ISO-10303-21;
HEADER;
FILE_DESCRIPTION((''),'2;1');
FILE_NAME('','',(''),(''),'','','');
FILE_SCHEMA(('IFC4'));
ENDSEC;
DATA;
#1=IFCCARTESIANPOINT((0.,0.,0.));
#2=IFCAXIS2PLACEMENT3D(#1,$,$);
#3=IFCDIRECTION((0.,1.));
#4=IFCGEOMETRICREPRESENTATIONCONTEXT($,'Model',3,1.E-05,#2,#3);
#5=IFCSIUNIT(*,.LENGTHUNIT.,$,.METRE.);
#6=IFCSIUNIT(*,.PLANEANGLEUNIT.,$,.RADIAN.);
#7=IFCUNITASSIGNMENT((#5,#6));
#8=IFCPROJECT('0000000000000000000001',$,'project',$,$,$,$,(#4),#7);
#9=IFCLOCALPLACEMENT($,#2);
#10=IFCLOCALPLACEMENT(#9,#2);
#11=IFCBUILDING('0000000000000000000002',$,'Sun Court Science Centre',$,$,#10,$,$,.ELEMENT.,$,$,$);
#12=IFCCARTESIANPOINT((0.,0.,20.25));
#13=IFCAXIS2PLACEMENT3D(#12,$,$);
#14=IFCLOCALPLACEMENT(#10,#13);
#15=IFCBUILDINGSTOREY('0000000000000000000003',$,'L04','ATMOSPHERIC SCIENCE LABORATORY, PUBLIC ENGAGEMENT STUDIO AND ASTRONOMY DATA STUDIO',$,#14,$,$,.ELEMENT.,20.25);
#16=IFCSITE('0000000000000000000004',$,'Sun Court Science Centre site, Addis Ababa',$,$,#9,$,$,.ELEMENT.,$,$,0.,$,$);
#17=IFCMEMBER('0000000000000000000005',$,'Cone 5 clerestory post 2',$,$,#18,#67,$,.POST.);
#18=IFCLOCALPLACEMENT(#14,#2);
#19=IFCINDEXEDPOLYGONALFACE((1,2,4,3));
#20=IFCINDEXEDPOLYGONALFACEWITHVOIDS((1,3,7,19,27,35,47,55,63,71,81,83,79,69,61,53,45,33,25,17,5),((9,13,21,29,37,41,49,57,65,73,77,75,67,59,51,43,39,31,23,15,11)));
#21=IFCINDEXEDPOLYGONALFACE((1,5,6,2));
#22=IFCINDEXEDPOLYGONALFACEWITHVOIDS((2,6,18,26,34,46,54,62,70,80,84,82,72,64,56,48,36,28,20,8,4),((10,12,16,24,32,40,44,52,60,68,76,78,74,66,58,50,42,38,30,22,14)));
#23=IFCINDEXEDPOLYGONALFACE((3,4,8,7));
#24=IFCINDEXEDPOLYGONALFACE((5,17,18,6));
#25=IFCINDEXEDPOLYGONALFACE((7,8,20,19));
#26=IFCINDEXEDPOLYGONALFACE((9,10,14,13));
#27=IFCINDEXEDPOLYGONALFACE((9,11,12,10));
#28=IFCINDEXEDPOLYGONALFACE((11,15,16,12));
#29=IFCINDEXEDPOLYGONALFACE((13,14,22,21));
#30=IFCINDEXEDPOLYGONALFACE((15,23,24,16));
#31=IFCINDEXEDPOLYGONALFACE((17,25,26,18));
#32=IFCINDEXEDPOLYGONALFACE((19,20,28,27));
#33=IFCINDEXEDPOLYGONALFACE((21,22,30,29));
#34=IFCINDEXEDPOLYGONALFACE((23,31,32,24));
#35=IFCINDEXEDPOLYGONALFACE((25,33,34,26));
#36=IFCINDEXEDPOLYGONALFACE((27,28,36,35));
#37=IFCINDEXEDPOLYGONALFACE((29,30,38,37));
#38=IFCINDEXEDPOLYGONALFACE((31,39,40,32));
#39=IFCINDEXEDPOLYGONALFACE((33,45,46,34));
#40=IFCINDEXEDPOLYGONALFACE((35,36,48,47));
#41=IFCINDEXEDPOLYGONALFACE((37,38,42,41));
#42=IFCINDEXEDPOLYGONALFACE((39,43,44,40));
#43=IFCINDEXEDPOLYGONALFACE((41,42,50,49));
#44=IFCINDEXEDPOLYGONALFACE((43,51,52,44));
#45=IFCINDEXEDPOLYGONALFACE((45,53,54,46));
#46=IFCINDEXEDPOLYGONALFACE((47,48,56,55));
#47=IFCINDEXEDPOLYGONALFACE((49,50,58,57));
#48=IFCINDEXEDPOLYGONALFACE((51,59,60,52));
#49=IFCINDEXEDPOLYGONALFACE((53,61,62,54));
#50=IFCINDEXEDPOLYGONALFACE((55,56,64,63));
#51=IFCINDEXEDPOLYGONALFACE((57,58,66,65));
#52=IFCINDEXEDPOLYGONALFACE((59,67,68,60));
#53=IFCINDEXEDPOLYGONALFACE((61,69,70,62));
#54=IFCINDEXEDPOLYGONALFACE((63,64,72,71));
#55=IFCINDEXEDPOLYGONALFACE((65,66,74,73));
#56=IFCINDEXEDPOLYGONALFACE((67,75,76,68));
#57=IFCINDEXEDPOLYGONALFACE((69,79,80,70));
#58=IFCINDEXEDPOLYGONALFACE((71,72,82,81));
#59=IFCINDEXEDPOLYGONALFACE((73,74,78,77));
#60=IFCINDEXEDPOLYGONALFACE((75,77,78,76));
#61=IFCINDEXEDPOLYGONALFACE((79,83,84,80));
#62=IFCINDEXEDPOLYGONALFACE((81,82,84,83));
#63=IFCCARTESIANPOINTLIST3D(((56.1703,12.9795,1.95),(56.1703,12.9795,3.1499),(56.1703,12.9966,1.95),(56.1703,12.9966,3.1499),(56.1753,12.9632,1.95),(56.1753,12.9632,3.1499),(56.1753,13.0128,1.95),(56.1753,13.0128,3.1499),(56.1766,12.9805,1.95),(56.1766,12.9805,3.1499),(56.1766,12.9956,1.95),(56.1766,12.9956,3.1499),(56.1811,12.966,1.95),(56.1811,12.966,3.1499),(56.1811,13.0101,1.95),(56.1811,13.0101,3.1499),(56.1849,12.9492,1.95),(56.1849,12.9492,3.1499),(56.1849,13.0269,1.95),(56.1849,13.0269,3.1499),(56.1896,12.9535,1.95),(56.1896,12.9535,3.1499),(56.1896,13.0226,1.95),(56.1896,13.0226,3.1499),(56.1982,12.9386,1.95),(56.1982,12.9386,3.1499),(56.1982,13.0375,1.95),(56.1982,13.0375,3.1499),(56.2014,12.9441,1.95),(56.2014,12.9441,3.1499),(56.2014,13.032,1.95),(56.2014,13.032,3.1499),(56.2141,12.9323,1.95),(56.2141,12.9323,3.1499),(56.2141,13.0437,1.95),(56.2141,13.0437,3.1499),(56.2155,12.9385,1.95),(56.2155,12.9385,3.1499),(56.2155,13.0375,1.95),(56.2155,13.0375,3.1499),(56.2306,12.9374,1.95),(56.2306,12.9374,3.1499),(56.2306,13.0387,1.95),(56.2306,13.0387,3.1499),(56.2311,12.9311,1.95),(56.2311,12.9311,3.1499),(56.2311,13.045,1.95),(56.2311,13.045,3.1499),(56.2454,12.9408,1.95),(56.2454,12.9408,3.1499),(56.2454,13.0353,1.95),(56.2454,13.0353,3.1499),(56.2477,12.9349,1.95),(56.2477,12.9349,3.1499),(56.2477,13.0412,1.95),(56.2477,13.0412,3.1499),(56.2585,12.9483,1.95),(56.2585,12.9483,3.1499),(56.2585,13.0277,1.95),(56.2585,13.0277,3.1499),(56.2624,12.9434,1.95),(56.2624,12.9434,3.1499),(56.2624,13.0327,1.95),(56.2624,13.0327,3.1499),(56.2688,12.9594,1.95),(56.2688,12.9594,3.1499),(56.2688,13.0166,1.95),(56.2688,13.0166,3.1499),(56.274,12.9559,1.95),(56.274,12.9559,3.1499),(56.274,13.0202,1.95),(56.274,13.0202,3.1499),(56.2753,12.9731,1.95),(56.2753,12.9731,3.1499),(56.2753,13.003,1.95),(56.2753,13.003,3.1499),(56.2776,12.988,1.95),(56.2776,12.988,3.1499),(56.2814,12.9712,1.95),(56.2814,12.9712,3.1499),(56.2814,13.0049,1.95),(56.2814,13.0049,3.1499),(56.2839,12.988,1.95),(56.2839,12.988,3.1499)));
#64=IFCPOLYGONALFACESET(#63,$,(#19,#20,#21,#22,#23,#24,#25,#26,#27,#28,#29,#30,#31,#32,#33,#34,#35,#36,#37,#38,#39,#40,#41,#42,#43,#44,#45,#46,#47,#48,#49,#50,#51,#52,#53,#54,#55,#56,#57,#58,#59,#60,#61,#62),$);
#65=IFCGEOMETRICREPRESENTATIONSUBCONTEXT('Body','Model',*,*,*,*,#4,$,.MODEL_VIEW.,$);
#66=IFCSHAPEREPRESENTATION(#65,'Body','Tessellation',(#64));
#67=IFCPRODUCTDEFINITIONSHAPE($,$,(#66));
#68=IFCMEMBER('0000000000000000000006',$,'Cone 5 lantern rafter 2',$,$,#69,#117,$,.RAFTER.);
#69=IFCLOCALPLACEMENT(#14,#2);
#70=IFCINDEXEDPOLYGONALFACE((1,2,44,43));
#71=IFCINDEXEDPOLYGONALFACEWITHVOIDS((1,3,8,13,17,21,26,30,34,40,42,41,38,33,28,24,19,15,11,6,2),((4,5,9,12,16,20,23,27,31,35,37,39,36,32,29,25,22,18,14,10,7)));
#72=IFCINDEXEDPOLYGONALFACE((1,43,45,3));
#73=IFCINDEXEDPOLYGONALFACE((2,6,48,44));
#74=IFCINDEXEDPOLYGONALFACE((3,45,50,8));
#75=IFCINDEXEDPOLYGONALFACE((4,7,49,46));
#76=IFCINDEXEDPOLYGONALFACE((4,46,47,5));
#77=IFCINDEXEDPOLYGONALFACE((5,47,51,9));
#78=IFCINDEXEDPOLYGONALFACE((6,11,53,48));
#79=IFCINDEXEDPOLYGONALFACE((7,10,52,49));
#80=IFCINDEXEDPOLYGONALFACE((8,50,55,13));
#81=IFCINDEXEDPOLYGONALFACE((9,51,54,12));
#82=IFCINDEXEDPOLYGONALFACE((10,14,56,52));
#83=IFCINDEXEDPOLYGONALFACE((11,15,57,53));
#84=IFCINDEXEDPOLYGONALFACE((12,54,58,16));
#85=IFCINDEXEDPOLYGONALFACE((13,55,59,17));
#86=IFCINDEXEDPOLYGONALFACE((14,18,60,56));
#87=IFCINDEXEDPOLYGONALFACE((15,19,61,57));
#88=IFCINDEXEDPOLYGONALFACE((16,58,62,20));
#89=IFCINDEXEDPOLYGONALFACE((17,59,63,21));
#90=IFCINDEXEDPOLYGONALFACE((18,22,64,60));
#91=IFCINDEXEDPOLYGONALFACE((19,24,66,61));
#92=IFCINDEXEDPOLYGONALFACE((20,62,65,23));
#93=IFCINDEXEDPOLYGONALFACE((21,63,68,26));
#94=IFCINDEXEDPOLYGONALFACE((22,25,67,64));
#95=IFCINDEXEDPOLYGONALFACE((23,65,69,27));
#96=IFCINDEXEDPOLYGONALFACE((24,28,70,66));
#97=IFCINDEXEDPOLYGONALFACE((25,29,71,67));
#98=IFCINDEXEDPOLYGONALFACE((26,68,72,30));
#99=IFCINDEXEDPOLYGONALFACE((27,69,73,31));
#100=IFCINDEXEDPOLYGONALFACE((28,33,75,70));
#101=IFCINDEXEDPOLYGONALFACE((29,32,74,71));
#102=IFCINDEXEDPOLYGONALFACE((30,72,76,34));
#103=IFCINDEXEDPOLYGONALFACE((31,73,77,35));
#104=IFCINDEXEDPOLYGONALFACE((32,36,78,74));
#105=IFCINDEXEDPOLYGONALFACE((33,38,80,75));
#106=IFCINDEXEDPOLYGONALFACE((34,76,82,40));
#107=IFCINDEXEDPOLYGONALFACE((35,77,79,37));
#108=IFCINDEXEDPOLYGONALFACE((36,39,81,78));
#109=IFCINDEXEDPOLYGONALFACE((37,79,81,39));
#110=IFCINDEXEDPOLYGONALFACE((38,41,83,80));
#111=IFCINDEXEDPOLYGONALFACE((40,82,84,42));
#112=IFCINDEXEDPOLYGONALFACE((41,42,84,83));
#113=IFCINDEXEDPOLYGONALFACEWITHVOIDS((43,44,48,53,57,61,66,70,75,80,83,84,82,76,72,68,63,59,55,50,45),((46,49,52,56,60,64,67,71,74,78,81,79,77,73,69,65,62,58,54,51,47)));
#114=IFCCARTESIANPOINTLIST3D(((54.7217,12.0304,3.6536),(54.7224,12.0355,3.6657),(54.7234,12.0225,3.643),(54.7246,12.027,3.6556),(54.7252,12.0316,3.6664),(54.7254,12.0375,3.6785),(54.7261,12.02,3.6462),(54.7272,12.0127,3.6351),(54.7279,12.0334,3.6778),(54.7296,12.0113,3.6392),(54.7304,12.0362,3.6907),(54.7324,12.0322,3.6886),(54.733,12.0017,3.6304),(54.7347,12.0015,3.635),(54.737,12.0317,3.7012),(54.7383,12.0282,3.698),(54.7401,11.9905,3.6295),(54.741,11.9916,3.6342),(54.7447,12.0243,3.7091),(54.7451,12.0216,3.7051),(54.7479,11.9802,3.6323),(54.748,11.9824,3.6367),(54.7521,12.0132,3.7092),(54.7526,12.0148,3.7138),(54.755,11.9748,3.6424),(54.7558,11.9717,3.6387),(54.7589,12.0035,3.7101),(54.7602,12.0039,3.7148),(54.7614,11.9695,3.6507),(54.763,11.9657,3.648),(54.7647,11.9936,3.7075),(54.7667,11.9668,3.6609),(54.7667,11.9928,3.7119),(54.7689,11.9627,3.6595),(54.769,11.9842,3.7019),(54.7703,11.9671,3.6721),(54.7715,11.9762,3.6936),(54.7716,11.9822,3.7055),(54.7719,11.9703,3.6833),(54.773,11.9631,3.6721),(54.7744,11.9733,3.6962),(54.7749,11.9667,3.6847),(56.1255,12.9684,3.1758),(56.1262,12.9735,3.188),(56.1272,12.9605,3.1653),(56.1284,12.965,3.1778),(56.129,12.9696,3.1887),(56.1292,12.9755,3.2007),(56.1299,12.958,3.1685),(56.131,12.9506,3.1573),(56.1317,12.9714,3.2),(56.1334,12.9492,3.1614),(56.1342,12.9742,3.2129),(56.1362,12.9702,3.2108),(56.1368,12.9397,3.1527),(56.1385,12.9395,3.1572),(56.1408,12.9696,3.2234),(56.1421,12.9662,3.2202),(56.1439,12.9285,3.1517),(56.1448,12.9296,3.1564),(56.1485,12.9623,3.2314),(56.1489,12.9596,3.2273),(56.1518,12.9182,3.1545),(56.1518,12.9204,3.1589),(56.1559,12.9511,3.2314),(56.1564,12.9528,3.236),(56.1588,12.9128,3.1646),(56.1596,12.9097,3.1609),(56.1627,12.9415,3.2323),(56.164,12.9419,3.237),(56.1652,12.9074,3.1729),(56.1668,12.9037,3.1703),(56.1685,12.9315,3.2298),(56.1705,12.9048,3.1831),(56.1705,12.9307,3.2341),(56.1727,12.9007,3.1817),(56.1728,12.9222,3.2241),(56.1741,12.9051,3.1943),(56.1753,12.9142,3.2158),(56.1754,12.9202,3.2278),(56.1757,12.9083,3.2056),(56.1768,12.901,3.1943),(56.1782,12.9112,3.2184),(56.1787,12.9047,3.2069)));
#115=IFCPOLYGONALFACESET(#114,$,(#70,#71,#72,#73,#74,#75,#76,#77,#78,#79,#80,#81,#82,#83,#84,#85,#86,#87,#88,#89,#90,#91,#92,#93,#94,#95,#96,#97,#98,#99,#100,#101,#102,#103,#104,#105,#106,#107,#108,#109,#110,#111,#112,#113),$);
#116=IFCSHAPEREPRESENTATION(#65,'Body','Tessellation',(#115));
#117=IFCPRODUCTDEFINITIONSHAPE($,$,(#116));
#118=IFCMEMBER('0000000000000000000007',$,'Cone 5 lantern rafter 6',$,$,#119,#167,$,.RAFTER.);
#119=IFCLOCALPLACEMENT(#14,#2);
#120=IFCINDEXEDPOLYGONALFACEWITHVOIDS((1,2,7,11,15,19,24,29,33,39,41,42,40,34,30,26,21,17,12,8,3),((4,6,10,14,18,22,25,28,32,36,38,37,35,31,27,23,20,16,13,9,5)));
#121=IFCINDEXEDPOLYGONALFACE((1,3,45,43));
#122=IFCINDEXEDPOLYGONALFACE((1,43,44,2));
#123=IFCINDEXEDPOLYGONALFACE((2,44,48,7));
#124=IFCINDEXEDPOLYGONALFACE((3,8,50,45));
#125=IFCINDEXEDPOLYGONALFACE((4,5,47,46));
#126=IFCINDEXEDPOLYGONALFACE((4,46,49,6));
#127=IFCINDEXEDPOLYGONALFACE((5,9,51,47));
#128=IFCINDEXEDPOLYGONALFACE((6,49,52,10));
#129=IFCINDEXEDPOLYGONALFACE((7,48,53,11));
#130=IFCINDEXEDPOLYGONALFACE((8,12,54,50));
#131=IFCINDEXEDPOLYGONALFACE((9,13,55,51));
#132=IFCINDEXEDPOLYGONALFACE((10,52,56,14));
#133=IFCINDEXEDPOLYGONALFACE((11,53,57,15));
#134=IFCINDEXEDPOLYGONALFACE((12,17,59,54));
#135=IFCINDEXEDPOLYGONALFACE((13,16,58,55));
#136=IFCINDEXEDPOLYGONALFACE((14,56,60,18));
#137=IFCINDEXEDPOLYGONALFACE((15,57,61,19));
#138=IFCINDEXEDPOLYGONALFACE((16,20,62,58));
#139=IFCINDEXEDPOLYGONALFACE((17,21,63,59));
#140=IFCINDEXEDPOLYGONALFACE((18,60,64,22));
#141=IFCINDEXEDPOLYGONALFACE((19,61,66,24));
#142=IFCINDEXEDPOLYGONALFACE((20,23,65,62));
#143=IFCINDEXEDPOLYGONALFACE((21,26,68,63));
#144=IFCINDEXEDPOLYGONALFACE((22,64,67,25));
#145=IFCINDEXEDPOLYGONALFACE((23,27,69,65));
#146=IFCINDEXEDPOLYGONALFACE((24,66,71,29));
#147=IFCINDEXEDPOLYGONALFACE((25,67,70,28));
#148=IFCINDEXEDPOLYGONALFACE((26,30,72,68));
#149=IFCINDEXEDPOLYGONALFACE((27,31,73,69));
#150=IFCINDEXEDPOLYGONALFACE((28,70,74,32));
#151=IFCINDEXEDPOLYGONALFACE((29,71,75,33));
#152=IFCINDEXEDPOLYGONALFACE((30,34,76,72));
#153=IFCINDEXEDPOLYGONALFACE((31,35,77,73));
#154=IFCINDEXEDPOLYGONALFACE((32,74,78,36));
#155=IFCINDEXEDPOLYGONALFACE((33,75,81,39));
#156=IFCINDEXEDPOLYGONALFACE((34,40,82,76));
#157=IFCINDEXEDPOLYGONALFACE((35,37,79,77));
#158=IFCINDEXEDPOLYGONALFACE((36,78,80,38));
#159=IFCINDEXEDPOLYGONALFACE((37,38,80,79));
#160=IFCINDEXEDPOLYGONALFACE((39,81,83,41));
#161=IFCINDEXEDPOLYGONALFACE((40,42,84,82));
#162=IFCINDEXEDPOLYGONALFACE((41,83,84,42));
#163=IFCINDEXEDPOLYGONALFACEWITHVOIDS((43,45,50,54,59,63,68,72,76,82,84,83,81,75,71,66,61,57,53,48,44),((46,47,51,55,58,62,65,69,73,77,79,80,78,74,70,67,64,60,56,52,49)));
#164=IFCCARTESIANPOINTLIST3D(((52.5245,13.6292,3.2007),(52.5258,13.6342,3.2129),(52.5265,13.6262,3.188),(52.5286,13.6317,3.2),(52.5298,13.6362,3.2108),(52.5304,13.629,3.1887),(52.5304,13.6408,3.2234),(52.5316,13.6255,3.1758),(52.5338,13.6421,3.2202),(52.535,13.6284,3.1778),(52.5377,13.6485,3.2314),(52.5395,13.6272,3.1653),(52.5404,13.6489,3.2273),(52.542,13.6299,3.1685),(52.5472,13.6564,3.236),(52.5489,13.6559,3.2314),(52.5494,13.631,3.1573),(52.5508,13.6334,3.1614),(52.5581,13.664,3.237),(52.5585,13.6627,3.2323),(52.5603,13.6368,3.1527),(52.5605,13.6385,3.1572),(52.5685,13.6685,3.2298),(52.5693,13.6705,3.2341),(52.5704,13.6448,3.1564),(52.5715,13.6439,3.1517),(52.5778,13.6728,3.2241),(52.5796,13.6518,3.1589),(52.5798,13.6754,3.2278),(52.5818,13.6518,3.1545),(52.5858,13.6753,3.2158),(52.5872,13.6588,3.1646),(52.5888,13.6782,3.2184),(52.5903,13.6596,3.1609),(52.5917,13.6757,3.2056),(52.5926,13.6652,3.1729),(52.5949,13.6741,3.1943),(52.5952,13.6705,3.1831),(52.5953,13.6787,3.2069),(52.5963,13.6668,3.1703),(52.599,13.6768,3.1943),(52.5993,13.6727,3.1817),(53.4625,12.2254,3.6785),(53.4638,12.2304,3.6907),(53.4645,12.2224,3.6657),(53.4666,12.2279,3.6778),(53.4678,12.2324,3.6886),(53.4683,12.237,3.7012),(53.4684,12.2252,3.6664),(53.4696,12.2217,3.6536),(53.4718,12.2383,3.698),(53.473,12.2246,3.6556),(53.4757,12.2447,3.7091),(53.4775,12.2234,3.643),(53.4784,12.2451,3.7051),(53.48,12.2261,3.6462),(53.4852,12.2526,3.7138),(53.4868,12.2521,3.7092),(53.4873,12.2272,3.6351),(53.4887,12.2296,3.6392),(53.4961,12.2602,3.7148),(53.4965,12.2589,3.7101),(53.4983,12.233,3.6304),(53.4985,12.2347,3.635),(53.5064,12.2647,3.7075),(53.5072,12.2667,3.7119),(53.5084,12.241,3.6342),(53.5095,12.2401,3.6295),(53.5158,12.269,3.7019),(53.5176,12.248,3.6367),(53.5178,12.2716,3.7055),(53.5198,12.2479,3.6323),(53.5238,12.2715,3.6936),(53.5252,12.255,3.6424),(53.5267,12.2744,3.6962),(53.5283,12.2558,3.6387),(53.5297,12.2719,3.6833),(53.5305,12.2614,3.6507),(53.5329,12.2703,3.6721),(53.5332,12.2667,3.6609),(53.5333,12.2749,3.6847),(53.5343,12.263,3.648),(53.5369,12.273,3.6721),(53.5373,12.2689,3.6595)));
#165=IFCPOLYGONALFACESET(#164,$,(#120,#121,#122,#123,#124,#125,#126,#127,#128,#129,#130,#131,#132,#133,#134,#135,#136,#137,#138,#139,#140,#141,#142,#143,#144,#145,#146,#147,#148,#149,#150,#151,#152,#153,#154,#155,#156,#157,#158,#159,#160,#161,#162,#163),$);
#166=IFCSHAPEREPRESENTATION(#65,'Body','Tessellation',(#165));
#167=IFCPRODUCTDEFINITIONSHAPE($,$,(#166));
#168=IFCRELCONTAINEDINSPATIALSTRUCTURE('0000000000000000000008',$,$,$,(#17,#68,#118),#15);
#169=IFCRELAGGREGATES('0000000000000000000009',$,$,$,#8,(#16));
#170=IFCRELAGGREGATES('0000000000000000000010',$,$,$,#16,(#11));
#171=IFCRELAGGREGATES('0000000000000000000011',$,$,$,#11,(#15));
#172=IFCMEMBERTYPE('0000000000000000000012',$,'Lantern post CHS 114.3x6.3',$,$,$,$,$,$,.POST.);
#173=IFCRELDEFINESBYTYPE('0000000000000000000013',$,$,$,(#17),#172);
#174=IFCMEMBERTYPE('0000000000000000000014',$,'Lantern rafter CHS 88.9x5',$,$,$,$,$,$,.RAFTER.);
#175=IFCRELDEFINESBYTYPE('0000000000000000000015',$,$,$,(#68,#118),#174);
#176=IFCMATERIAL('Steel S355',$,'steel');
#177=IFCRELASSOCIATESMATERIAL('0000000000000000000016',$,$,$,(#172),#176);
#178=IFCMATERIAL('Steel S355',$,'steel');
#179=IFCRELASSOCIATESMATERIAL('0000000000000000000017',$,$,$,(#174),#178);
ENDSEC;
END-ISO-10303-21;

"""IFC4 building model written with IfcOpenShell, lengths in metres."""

from ifc_helpers import new_model, si_unit, direction, frame, origin, origin_2d, place, context, subcontext, project, spatial, hollow_circle, extrude, material, material_profile, profile_set, type_object, element, save


model = new_model("IFC4")

# Units and contexts
model_context = context("Model", 3, precision=1e-05, world=origin(), true_north=direction((0.0, 1.0)))
body_context = subcontext(model_context, "Body", "Model", "MODEL_VIEW")
ifc_project = project(units=[si_unit("LENGTHUNIT", "METRE"), si_unit("PLANEANGLEUNIT", "RADIAN")], contexts=[model_context])

# Site, building, storey
site_placement = place(None, origin())
site = spatial("IfcSite", under=ifc_project, at=site_placement, Name="Sun Court Science Centre site, Addis Ababa", CompositionType="ELEMENT", RefElevation=0.0)
building_placement = place(site_placement, origin())
building = spatial("IfcBuilding", under=site, at=building_placement, Name="Sun Court Science Centre", CompositionType="ELEMENT")
storey_placement = place(building_placement, frame((0.0, 0.0, 20.25)))
storey = spatial("IfcBuildingStorey", under=building, at=storey_placement, Name="L04", Description="ATMOSPHERIC SCIENCE LABORATORY, PUBLIC ENGAGEMENT STUDIO AND ASTRONOMY DATA STUDIO", CompositionType="ELEMENT", Elevation=20.25)

# Members
ifc_material_1 = material(Name="Steel S355", Category="steel")
ifc_material_profile_1 = material_profile(ifc_material_1, hollow_circle(Radius=0.0571, WallThickness=0.0063, at=origin_2d()), Name="CHS 114.3x6.3")
ifc_profile_set_1 = profile_set([ifc_material_profile_1], Name="Steel S355")
member_type_1 = type_object("IfcMemberType", Name="Lantern post CHS 114.3x6.3", PredefinedType="POST", material=ifc_profile_set_1)
for number, where, z_axis, x_axis, name in (
    (1, (56.2268, 12.988, 1.95), (0.0, 0.0, 1.0), (1.0, 0.0, 0.0), "Cone 5 clerestory post 2"),
):
    element("IfcMember", number, at=place(storey_placement, frame(where, z_axis=z_axis, x_axis=x_axis)), inside=storey, type_object=member_type_1, Name=name, PredefinedType="POST", context=body_context, shape_type="SweptSolid", body=[
        extrude(hollow_circle(Radius=0.0571, WallThickness=0.0063, at=origin_2d()), origin(), (0.0, 0.0, 1.0), 1.2),
    ])
ifc_material_2 = material(Name="Steel S355", Category="steel")
ifc_material_profile_2 = material_profile(ifc_material_2, hollow_circle(Radius=0.0444, WallThickness=0.0049, at=origin_2d()), Name="CHS 88.9x5")
ifc_profile_set_2 = profile_set([ifc_material_profile_2], Name="Steel S355")
member_type_2 = type_object("IfcMemberType", Name="Lantern rafter CHS 88.9x5", PredefinedType="RAFTER", material=ifc_profile_set_2)
for number, where, z_axis, x_axis, name in (
    (2, (56.1521, 12.938, 3.1943), (-0.800053, -0.534575, 0.272296), (0.555568, -0.831471, 0.0), "Cone 5 lantern rafter 2"),
    (3, (52.562, 13.6521, 3.1943), (0.534575, -0.800053, 0.272296), (0.831471, 0.555568, 0.0), "Cone 5 lantern rafter 6"),
):
    element("IfcMember", number, at=place(storey_placement, frame(where, z_axis=z_axis, x_axis=x_axis)), inside=storey, type_object=member_type_2, Name=name, PredefinedType="RAFTER", context=body_context, shape_type="SweptSolid", body=[
        extrude(hollow_circle(Radius=0.0444, WallThickness=0.0049, at=origin_2d()), origin(), (0.0, 0.0, 1.0), 1.7546),
    ])

save(model, "model.ifc")
